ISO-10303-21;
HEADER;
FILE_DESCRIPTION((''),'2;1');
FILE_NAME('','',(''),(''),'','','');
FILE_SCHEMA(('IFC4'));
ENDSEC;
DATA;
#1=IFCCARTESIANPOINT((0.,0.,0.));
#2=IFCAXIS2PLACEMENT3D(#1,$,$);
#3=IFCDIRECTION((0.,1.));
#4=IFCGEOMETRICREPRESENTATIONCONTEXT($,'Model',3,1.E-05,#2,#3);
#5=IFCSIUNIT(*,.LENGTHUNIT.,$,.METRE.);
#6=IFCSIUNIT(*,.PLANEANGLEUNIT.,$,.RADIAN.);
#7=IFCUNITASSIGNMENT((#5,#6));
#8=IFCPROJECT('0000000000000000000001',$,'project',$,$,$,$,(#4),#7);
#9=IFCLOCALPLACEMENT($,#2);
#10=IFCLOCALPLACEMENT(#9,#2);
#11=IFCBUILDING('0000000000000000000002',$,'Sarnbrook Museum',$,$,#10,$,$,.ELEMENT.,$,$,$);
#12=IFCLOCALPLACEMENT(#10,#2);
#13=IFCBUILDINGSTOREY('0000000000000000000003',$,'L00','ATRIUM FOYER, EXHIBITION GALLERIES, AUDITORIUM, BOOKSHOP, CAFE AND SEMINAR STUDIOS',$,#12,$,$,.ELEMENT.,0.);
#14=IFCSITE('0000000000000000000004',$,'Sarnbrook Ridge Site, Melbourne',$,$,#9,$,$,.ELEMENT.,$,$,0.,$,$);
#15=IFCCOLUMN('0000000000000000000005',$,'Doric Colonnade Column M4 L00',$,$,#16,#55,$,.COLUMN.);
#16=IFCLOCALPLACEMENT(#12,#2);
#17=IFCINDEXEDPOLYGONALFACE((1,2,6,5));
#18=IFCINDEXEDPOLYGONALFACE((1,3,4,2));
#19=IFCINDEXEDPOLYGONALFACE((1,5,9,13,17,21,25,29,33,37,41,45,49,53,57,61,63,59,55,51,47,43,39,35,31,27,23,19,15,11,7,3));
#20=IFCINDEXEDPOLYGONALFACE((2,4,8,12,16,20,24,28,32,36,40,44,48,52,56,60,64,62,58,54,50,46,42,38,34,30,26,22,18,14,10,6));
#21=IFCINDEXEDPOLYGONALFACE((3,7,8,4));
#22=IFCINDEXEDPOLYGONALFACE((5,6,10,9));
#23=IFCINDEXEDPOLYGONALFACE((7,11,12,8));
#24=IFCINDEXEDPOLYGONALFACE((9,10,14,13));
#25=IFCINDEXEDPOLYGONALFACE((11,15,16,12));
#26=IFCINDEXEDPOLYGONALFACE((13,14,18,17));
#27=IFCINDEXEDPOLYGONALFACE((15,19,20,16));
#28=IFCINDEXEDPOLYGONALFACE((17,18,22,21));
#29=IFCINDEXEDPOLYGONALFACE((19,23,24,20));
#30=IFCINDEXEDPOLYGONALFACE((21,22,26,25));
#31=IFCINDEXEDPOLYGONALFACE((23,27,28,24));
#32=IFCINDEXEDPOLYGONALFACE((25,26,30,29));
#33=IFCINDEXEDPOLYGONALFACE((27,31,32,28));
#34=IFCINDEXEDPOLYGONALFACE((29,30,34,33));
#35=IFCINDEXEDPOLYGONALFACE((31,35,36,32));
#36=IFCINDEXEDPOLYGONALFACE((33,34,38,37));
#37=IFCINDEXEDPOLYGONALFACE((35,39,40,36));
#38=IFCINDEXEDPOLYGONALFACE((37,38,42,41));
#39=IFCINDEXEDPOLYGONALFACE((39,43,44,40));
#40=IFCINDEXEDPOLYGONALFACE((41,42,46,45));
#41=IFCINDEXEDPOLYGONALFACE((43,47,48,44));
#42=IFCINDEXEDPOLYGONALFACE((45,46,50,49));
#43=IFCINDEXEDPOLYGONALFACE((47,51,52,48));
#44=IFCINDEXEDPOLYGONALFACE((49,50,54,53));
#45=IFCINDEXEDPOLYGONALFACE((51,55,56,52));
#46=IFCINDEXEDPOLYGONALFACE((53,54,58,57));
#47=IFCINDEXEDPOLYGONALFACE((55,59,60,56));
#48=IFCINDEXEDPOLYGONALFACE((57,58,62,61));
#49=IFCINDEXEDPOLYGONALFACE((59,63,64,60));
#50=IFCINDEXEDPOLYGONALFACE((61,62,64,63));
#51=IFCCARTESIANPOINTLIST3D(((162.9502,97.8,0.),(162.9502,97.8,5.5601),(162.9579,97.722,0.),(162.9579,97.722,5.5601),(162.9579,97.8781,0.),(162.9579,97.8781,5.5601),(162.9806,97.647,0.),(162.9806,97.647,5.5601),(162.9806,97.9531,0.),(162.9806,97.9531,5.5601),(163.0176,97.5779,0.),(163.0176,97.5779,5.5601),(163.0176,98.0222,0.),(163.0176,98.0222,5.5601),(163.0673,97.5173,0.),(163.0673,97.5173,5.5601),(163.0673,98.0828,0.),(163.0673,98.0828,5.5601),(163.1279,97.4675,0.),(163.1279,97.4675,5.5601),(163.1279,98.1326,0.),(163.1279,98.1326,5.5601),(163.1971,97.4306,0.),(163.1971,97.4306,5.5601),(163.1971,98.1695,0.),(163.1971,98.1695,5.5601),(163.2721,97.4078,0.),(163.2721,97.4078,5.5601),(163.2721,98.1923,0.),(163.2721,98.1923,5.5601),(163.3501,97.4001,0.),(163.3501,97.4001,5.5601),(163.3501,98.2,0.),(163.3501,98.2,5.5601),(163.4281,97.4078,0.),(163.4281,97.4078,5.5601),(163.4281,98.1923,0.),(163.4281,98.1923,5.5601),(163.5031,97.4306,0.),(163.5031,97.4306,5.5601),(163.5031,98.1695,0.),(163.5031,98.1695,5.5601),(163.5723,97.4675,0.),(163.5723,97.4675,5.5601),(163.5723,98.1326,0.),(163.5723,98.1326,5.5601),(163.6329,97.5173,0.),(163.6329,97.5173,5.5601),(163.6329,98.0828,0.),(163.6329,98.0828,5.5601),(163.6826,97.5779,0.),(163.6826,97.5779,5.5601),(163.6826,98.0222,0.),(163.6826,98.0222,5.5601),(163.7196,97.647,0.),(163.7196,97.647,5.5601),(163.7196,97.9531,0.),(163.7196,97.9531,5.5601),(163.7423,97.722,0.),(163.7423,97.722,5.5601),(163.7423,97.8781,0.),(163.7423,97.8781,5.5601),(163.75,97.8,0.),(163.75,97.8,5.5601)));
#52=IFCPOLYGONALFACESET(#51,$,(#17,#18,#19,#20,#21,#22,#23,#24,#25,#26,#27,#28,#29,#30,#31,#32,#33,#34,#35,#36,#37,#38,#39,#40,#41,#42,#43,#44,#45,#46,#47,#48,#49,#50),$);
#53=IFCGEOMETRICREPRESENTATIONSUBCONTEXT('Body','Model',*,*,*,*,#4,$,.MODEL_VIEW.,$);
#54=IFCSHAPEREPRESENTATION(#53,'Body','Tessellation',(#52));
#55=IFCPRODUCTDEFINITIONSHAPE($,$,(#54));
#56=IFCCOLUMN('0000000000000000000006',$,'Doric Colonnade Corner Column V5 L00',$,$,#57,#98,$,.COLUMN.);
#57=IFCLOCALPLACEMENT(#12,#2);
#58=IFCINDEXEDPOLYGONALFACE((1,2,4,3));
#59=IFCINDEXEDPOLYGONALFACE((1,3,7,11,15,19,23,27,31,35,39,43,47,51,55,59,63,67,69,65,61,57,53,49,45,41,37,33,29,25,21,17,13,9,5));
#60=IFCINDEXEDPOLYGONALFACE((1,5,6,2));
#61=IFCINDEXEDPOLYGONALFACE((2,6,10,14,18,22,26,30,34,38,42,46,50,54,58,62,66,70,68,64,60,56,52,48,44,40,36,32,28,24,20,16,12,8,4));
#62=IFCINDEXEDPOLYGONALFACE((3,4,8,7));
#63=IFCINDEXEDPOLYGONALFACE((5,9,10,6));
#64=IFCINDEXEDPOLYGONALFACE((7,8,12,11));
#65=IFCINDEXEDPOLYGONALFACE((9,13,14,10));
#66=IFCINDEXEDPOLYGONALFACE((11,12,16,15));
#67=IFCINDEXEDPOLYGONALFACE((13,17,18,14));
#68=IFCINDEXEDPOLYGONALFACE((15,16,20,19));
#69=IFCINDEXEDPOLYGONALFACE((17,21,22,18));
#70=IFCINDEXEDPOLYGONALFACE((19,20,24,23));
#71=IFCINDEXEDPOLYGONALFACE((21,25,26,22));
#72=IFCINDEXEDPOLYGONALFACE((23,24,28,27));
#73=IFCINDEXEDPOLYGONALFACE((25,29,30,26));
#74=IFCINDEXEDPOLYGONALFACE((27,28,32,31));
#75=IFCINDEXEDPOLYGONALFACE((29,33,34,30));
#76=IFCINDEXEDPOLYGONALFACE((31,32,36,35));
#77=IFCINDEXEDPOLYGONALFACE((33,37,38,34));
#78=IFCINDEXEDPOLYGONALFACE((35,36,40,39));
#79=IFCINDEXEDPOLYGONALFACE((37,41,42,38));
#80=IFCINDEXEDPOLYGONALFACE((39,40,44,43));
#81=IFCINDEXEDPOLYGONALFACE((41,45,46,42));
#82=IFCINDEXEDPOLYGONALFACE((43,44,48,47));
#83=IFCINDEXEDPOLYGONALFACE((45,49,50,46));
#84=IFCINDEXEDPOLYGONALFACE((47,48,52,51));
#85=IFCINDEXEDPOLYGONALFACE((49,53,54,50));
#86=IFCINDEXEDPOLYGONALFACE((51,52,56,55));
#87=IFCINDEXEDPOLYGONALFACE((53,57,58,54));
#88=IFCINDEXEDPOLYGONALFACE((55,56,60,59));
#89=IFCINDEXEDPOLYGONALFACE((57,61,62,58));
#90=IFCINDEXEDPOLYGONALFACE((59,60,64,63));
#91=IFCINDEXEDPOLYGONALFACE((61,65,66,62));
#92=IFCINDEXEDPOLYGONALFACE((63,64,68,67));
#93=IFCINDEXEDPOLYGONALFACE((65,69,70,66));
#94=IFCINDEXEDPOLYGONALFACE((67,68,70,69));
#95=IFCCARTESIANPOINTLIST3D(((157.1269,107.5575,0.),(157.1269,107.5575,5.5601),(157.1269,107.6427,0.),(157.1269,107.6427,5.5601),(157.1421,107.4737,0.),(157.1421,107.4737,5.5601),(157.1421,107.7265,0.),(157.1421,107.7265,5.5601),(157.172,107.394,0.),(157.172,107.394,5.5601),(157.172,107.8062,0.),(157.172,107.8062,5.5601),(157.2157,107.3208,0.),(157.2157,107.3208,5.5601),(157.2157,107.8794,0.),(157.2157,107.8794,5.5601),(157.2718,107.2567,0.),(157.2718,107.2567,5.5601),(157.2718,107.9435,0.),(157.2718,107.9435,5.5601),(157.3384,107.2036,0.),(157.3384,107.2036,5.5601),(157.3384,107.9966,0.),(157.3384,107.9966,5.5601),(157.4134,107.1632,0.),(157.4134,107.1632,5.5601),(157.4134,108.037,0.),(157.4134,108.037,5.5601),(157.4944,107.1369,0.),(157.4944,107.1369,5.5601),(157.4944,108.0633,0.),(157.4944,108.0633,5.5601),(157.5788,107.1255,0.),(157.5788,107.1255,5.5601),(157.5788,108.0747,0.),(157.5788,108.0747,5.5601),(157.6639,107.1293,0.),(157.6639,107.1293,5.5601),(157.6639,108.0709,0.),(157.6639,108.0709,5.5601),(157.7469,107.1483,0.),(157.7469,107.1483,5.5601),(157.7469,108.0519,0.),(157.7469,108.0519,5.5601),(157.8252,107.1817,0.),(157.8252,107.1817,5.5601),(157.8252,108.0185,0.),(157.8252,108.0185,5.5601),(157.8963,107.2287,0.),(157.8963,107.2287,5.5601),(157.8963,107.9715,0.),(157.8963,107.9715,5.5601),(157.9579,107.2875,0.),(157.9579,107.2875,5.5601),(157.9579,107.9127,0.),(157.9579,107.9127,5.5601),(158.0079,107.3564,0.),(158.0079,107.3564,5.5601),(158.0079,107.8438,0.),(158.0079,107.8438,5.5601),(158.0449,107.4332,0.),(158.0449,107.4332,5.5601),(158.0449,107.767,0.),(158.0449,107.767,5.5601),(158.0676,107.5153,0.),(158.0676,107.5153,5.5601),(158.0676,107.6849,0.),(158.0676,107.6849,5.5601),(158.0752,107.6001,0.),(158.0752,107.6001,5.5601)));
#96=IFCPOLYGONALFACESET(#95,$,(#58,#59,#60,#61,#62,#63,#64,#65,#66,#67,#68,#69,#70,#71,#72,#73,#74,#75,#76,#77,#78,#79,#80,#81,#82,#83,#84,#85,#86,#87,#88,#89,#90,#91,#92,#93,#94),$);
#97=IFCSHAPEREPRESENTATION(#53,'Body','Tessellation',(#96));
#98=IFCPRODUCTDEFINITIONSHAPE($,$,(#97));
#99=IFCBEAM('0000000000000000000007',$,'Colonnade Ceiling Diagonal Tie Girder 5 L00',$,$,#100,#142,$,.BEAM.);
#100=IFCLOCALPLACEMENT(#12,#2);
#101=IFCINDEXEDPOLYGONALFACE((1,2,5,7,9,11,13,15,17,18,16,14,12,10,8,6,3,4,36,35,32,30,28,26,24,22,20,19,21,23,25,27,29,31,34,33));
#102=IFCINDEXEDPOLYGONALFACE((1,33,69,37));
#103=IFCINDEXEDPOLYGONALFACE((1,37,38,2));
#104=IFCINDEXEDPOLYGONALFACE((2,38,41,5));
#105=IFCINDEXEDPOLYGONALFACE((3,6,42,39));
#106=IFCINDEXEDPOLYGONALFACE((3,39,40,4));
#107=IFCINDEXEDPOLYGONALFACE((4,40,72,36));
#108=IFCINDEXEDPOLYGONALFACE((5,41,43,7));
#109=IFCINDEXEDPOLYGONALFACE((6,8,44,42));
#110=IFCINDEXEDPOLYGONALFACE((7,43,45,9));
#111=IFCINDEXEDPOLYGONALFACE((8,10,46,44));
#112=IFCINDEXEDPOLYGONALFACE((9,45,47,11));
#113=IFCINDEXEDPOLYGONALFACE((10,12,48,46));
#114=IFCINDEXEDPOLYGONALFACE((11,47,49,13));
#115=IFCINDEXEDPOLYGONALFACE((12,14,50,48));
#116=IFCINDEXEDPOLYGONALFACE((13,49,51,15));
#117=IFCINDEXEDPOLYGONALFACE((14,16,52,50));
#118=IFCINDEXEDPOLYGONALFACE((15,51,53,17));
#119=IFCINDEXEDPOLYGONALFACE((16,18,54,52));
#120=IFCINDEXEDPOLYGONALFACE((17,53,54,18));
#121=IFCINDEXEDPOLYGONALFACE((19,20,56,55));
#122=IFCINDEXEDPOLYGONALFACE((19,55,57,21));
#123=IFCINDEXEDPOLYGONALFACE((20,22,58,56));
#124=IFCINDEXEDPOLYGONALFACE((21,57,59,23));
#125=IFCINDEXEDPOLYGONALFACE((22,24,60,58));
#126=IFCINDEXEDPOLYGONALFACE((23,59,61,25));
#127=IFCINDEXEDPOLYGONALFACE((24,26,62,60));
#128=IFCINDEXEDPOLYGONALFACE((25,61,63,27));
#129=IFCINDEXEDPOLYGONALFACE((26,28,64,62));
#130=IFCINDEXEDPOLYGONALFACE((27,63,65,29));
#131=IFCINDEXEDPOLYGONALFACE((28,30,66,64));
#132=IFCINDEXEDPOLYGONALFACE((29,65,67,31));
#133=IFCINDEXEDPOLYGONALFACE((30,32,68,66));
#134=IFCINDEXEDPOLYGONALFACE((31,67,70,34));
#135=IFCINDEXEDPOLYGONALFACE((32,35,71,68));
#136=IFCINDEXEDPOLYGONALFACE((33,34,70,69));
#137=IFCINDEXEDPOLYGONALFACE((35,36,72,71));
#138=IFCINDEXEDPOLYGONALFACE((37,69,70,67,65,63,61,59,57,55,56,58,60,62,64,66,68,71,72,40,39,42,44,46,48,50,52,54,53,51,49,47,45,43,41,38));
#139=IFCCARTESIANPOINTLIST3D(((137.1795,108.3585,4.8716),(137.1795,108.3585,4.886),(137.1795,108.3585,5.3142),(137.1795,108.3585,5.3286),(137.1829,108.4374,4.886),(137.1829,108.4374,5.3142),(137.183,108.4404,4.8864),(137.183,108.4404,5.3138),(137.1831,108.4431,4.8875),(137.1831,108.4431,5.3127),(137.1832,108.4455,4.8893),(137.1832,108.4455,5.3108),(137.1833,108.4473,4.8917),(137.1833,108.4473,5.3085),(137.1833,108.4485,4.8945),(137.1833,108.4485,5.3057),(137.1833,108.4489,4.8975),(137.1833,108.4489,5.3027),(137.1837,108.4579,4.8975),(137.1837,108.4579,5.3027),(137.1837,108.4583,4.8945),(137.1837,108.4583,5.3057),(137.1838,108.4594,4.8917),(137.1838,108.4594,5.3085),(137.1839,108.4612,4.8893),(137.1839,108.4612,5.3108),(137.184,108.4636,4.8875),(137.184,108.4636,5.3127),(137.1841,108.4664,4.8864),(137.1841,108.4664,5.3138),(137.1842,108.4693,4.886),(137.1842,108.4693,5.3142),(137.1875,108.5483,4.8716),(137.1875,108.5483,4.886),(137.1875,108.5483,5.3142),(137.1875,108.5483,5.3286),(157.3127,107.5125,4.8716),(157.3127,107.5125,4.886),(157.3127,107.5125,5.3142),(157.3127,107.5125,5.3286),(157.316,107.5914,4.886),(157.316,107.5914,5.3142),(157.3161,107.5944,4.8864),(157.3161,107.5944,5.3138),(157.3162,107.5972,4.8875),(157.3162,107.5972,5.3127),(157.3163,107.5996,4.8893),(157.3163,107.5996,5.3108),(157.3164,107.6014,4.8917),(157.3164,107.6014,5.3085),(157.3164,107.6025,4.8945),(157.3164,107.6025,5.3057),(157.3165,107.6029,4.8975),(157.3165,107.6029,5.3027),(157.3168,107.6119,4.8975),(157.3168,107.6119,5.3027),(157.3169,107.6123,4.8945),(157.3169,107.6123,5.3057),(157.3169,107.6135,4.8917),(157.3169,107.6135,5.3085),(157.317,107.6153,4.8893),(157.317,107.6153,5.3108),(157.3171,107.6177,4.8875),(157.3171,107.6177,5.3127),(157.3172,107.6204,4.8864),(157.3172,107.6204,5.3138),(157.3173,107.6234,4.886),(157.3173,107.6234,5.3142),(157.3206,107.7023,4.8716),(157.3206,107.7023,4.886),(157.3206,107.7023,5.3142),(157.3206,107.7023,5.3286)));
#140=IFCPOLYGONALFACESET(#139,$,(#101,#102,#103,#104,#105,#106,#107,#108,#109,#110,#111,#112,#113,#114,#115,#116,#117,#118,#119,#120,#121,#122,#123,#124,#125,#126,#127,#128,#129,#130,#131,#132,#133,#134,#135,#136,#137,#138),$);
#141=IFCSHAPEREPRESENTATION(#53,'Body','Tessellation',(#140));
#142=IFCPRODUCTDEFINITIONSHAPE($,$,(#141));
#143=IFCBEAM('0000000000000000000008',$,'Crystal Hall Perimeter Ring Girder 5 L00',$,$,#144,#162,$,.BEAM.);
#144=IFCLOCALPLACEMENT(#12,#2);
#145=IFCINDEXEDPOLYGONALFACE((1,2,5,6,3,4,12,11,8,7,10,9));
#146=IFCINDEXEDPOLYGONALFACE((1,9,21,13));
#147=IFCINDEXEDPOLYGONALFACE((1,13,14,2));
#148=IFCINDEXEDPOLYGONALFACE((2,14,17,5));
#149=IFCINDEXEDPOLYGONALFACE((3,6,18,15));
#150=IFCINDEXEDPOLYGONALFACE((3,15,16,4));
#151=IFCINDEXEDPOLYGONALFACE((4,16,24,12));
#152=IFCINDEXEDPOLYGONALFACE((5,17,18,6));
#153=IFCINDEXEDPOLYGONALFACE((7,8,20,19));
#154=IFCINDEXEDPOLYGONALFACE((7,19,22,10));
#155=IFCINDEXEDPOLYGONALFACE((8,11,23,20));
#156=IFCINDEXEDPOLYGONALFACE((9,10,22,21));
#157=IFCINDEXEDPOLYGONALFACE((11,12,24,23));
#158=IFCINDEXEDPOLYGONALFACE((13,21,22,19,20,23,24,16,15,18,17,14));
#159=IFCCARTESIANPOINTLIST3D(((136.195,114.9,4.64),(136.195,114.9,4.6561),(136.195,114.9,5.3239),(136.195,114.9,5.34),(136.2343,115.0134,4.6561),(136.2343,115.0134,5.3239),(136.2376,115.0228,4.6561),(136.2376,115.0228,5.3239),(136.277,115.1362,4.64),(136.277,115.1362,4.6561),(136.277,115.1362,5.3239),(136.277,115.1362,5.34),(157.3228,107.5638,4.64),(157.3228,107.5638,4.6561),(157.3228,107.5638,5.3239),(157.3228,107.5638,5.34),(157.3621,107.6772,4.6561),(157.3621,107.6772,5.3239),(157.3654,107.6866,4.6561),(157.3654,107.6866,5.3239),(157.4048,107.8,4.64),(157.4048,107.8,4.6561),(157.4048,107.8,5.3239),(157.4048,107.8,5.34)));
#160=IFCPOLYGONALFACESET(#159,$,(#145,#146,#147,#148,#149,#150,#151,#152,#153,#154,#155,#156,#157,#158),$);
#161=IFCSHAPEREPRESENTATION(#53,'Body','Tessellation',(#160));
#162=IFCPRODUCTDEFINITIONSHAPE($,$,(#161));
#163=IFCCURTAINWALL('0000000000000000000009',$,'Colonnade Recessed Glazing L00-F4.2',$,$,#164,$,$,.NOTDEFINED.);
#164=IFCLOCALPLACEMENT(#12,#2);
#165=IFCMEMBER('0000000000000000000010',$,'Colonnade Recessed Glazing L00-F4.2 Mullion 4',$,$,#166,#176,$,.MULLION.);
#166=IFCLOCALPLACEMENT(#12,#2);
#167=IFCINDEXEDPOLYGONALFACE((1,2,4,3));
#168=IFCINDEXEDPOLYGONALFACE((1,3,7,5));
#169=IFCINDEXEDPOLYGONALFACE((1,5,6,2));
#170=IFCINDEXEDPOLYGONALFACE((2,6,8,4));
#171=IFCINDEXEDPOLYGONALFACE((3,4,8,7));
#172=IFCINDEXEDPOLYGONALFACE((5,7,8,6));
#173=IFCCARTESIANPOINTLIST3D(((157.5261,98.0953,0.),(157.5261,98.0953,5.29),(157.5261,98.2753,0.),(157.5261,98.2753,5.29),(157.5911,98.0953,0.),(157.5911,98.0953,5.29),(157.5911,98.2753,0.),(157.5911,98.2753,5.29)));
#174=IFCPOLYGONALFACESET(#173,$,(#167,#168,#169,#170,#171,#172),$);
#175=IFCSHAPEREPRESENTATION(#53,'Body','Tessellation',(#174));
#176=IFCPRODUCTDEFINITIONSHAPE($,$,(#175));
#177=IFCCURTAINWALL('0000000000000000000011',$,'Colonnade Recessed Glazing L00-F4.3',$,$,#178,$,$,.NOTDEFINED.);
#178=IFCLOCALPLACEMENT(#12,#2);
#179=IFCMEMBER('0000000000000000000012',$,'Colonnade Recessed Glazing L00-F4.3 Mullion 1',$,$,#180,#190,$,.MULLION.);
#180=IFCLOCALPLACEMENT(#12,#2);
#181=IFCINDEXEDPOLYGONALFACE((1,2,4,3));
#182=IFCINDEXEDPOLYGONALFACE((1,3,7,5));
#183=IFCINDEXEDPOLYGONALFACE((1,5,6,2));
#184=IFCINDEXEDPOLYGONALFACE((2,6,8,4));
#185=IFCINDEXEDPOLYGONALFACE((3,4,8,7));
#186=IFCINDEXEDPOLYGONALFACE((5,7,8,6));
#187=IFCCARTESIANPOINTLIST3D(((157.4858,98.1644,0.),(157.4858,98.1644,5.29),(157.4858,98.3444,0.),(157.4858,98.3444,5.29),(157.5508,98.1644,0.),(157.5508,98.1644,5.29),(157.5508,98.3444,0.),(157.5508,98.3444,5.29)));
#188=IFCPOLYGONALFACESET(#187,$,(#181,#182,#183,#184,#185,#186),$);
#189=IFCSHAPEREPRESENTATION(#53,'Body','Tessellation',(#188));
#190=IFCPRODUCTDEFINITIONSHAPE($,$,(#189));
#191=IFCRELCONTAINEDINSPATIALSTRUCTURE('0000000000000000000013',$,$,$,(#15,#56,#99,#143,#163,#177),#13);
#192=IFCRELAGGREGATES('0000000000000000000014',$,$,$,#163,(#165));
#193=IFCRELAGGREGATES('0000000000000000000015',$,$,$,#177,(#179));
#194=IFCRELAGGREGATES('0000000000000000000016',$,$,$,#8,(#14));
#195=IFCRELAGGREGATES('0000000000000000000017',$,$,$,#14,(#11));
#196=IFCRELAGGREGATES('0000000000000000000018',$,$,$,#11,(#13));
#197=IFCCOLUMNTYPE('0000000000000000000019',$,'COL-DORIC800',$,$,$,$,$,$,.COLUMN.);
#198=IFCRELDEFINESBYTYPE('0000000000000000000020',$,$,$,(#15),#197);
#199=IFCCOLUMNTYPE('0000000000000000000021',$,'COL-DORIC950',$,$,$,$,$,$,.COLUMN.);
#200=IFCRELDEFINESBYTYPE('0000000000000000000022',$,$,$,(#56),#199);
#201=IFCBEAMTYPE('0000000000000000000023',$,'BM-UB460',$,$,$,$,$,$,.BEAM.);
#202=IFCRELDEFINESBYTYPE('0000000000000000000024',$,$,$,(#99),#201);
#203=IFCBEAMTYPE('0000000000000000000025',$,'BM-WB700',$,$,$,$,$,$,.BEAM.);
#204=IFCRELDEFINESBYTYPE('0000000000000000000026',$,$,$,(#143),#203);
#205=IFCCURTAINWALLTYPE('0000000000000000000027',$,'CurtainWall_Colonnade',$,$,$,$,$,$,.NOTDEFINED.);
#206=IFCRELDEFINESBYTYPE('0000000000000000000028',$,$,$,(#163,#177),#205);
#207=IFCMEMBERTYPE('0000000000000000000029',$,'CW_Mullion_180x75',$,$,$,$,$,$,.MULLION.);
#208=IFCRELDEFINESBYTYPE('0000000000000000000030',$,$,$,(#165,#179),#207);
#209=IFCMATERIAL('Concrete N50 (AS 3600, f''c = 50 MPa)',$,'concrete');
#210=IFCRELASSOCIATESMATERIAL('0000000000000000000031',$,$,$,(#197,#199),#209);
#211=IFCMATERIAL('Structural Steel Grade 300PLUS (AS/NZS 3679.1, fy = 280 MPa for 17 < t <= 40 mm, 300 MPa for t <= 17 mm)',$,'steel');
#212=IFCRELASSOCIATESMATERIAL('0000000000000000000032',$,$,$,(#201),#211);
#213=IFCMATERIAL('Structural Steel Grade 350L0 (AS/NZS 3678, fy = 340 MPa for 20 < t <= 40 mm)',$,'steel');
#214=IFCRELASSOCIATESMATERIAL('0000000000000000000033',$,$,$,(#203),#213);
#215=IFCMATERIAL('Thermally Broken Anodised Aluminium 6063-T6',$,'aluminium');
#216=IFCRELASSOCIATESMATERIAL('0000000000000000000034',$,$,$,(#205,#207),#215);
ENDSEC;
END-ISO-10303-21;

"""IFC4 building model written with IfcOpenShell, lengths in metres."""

from ifc_helpers import new_model, si_unit, direction, frame, origin, origin_2d, place, context, subcontext, project, spatial, rectangle, circle, i_section, extrude, material, material_profile, profile_set, type_object, element, aggregate, save


model = new_model("IFC4")

# Units and contexts
model_context = context("Model", 3, precision=1e-05, world=origin(), true_north=direction((0.0, 1.0)))
body_context = subcontext(model_context, "Body", "Model", "MODEL_VIEW")
ifc_project = project(units=[si_unit("LENGTHUNIT", "METRE"), si_unit("PLANEANGLEUNIT", "RADIAN")], contexts=[model_context])

# Site, building, storey
site_placement = place(None, origin())
site = spatial("IfcSite", under=ifc_project, at=site_placement, Name="Sarnbrook Ridge Site, Melbourne", CompositionType="ELEMENT", RefElevation=0.0)
building_placement = place(site_placement, origin())
building = spatial("IfcBuilding", under=site, at=building_placement, Name="Sarnbrook Museum", CompositionType="ELEMENT")
storey_placement = place(building_placement, origin())
storey = spatial("IfcBuildingStorey", under=building, at=storey_placement, Name="L00", Description="ATRIUM FOYER, EXHIBITION GALLERIES, AUDITORIUM, BOOKSHOP, CAFE AND SEMINAR STUDIOS", CompositionType="ELEMENT", Elevation=0.0)

# Columns
ifc_material_1 = material(Name="Concrete N50 (AS 3600, f'c = 50 MPa)", Category="concrete")
ifc_material_profile_1 = material_profile(ifc_material_1, circle(Radius=0.3999, at=origin_2d()), Name="DORIC D800")
ifc_profile_set_1 = profile_set([ifc_material_profile_1], Name="Concrete N50 (AS 3600, f'c = 50 MPa)")
column_type_1 = type_object("IfcColumnType", Name="COL-DORIC800", PredefinedType="COLUMN", material=ifc_profile_set_1)
column_1_placement = place(storey_placement, frame((163.3501, 97.8, 0.0), z_axis=(0.0, 0.0, 1.0), x_axis=(1.0, 0.0, 0.0)))
element("IfcColumn", 1, at=column_1_placement, inside=storey, type_object=column_type_1, Name="Doric Colonnade Column M4 L00", PredefinedType="COLUMN", context=body_context, shape_type="SweptSolid", body=[
    extrude(circle(Radius=0.3999, at=origin_2d()), origin(), (0.0, 0.0, 1.0), 5.5601),
])
ifc_material_profile_2 = material_profile(ifc_material_1, circle(Radius=0.4751, at=origin_2d()), Name="DORIC D950")
ifc_profile_set_2 = profile_set([ifc_material_profile_2], Name="Concrete N50 (AS 3600, f'c = 50 MPa)")
column_type_2 = type_object("IfcColumnType", Name="COL-DORIC950", PredefinedType="COLUMN", material=ifc_profile_set_2)
column_2_placement = place(storey_placement, frame((157.6001, 107.6001, 0.0), z_axis=(0.0, 0.0, 1.0), x_axis=(1.0, 0.0, 0.0)))
element("IfcColumn", 2, at=column_2_placement, inside=storey, type_object=column_type_2, Name="Doric Colonnade Corner Column V5 L00", PredefinedType="COLUMN", context=body_context, shape_type="SweptSolid", body=[
    extrude(circle(Radius=0.4751, at=origin_2d()), origin(), (0.0, 0.0, 1.0), 5.5601),
])

# Beams
ifc_material_2 = material(Name="Structural Steel Grade 300PLUS (AS/NZS 3679.1, fy = 280 MPa for 17 < t <= 40 mm, 300 MPa for t <= 17 mm)", Category="steel")
ifc_material_profile_3 = material_profile(ifc_material_2, i_section(OverallWidth=0.1899, OverallDepth=0.457, WebThickness=0.009, FlangeThickness=0.0144, FilletRadius=0.0115, at=origin_2d()), Name="460UB74.6")
ifc_profile_set_3 = profile_set([ifc_material_profile_3], Name="Structural Steel Grade 300PLUS (AS/NZS 3679.1, fy = 280 MPa for 17 < t <= 40 mm, 300 MPa for t <= 17 mm)")
beam_type_1 = type_object("IfcBeamType", Name="BM-UB460", PredefinedType="BEAM", material=ifc_profile_set_3)
beam_1_placement = place(storey_placement, frame((157.3167, 107.6074, 5.1001), z_axis=(-0.999118, 0.041981, 0.0), x_axis=(-0.041981, -0.999118, 0.0)))
element("IfcBeam", 3, at=beam_1_placement, inside=storey, type_object=beam_type_1, Name="Colonnade Ceiling Diagonal Tie Girder 5 L00", PredefinedType="BEAM", context=body_context, shape_type="SweptSolid", body=[
    extrude(i_section(OverallWidth=0.1899, OverallDepth=0.457, WebThickness=0.009, FlangeThickness=0.0144, FilletRadius=0.0115, at=origin_2d()), origin(), (0.0, 0.0, 1.0), 20.1509),
])
ifc_material_3 = material(Name="Structural Steel Grade 350L0 (AS/NZS 3678, fy = 340 MPa for 20 < t <= 40 mm)", Category="steel")
ifc_material_profile_4 = material_profile(ifc_material_3, i_section(OverallWidth=0.25, OverallDepth=0.7, WebThickness=0.01, FlangeThickness=0.0161, at=origin_2d()), Name="700WB130")
ifc_profile_set_4 = profile_set([ifc_material_profile_4], Name="Structural Steel Grade 350L0 (AS/NZS 3678, fy = 340 MPa for 20 < t <= 40 mm)")
beam_type_2 = type_object("IfcBeamType", Name="BM-WB700", PredefinedType="BEAM", material=ifc_profile_set_4)
beam_2_placement = place(storey_placement, frame((157.3638, 107.6819, 4.99), z_axis=(-0.944671, 0.328019, 0.0), x_axis=(-0.328019, -0.944671, 0.0)))
element("IfcBeam", 4, at=beam_2_placement, inside=storey, type_object=beam_type_2, Name="Crystal Hall Perimeter Ring Girder 5 L00", PredefinedType="BEAM", context=body_context, shape_type="SweptSolid", body=[
    extrude(i_section(OverallWidth=0.25, OverallDepth=0.7, WebThickness=0.01, FlangeThickness=0.0161, at=origin_2d()), origin(), (0.0, 0.0, 1.0), 22.3652),
])

# Curtain wall, member
ifc_material_4 = material(Name="Thermally Broken Anodised Aluminium 6063-T6", Category="aluminium")
curtain_wall_type = type_object("IfcCurtainWallType", Name="CurtainWall_Colonnade", PredefinedType="NOTDEFINED", material=ifc_material_4)
curtain_wall_1_placement = place(storey_placement, origin())
curtain_wall_1 = element("IfcCurtainWall", 5, at=curtain_wall_1_placement, inside=storey, type_object=curtain_wall_type, Name="Colonnade Recessed Glazing L00-F4.2", PredefinedType="NOTDEFINED")
ifc_material_profile_5 = material_profile(ifc_material_4, rectangle(XDim=0.0649, YDim=0.1799, at=origin_2d()), Name="ALU MULLION 65x180")
ifc_profile_set_5 = profile_set([ifc_material_profile_5], Name="Thermally Broken Anodised Aluminium 6063-T6")
member_type_1 = type_object("IfcMemberType", Name="CW_Mullion_180x75", PredefinedType="MULLION", material=ifc_profile_set_5)
member_1_placement = place(storey_placement, frame((157.5586, 98.1853, 0.0), z_axis=(0.0, 0.0, 1.0), x_axis=(1.0, 0.0, 0.0)))
member_1 = element("IfcMember", 6, at=member_1_placement, type_object=member_type_1, Name="Colonnade Recessed Glazing L00-F4.2 Mullion 4", PredefinedType="MULLION", context=body_context, shape_type="SweptSolid", body=[
    extrude(rectangle(XDim=0.0649, YDim=0.1799, at=origin_2d()), origin(), (0.0, 0.0, 1.0), 5.29),
])

# Curtain wall, member
curtain_wall_2_placement = place(storey_placement, origin())
curtain_wall_2 = element("IfcCurtainWall", 7, at=curtain_wall_2_placement, inside=storey, type_object=curtain_wall_type, Name="Colonnade Recessed Glazing L00-F4.3", PredefinedType="NOTDEFINED")
member_2_placement = place(storey_placement, frame((157.5183, 98.2544, 0.0), z_axis=(0.0, 0.0, 1.0), x_axis=(1.0, 0.0, 0.0)))
member_2 = element("IfcMember", 8, at=member_2_placement, type_object=member_type_1, Name="Colonnade Recessed Glazing L00-F4.3 Mullion 1", PredefinedType="MULLION", context=body_context, shape_type="SweptSolid", body=[
    extrude(rectangle(XDim=0.0649, YDim=0.1799, at=origin_2d()), origin(), (0.0, 0.0, 1.0), 5.29),
])

aggregate(curtain_wall_1, [member_1])
aggregate(curtain_wall_2, [member_2])

save(model, "model.ifc")
